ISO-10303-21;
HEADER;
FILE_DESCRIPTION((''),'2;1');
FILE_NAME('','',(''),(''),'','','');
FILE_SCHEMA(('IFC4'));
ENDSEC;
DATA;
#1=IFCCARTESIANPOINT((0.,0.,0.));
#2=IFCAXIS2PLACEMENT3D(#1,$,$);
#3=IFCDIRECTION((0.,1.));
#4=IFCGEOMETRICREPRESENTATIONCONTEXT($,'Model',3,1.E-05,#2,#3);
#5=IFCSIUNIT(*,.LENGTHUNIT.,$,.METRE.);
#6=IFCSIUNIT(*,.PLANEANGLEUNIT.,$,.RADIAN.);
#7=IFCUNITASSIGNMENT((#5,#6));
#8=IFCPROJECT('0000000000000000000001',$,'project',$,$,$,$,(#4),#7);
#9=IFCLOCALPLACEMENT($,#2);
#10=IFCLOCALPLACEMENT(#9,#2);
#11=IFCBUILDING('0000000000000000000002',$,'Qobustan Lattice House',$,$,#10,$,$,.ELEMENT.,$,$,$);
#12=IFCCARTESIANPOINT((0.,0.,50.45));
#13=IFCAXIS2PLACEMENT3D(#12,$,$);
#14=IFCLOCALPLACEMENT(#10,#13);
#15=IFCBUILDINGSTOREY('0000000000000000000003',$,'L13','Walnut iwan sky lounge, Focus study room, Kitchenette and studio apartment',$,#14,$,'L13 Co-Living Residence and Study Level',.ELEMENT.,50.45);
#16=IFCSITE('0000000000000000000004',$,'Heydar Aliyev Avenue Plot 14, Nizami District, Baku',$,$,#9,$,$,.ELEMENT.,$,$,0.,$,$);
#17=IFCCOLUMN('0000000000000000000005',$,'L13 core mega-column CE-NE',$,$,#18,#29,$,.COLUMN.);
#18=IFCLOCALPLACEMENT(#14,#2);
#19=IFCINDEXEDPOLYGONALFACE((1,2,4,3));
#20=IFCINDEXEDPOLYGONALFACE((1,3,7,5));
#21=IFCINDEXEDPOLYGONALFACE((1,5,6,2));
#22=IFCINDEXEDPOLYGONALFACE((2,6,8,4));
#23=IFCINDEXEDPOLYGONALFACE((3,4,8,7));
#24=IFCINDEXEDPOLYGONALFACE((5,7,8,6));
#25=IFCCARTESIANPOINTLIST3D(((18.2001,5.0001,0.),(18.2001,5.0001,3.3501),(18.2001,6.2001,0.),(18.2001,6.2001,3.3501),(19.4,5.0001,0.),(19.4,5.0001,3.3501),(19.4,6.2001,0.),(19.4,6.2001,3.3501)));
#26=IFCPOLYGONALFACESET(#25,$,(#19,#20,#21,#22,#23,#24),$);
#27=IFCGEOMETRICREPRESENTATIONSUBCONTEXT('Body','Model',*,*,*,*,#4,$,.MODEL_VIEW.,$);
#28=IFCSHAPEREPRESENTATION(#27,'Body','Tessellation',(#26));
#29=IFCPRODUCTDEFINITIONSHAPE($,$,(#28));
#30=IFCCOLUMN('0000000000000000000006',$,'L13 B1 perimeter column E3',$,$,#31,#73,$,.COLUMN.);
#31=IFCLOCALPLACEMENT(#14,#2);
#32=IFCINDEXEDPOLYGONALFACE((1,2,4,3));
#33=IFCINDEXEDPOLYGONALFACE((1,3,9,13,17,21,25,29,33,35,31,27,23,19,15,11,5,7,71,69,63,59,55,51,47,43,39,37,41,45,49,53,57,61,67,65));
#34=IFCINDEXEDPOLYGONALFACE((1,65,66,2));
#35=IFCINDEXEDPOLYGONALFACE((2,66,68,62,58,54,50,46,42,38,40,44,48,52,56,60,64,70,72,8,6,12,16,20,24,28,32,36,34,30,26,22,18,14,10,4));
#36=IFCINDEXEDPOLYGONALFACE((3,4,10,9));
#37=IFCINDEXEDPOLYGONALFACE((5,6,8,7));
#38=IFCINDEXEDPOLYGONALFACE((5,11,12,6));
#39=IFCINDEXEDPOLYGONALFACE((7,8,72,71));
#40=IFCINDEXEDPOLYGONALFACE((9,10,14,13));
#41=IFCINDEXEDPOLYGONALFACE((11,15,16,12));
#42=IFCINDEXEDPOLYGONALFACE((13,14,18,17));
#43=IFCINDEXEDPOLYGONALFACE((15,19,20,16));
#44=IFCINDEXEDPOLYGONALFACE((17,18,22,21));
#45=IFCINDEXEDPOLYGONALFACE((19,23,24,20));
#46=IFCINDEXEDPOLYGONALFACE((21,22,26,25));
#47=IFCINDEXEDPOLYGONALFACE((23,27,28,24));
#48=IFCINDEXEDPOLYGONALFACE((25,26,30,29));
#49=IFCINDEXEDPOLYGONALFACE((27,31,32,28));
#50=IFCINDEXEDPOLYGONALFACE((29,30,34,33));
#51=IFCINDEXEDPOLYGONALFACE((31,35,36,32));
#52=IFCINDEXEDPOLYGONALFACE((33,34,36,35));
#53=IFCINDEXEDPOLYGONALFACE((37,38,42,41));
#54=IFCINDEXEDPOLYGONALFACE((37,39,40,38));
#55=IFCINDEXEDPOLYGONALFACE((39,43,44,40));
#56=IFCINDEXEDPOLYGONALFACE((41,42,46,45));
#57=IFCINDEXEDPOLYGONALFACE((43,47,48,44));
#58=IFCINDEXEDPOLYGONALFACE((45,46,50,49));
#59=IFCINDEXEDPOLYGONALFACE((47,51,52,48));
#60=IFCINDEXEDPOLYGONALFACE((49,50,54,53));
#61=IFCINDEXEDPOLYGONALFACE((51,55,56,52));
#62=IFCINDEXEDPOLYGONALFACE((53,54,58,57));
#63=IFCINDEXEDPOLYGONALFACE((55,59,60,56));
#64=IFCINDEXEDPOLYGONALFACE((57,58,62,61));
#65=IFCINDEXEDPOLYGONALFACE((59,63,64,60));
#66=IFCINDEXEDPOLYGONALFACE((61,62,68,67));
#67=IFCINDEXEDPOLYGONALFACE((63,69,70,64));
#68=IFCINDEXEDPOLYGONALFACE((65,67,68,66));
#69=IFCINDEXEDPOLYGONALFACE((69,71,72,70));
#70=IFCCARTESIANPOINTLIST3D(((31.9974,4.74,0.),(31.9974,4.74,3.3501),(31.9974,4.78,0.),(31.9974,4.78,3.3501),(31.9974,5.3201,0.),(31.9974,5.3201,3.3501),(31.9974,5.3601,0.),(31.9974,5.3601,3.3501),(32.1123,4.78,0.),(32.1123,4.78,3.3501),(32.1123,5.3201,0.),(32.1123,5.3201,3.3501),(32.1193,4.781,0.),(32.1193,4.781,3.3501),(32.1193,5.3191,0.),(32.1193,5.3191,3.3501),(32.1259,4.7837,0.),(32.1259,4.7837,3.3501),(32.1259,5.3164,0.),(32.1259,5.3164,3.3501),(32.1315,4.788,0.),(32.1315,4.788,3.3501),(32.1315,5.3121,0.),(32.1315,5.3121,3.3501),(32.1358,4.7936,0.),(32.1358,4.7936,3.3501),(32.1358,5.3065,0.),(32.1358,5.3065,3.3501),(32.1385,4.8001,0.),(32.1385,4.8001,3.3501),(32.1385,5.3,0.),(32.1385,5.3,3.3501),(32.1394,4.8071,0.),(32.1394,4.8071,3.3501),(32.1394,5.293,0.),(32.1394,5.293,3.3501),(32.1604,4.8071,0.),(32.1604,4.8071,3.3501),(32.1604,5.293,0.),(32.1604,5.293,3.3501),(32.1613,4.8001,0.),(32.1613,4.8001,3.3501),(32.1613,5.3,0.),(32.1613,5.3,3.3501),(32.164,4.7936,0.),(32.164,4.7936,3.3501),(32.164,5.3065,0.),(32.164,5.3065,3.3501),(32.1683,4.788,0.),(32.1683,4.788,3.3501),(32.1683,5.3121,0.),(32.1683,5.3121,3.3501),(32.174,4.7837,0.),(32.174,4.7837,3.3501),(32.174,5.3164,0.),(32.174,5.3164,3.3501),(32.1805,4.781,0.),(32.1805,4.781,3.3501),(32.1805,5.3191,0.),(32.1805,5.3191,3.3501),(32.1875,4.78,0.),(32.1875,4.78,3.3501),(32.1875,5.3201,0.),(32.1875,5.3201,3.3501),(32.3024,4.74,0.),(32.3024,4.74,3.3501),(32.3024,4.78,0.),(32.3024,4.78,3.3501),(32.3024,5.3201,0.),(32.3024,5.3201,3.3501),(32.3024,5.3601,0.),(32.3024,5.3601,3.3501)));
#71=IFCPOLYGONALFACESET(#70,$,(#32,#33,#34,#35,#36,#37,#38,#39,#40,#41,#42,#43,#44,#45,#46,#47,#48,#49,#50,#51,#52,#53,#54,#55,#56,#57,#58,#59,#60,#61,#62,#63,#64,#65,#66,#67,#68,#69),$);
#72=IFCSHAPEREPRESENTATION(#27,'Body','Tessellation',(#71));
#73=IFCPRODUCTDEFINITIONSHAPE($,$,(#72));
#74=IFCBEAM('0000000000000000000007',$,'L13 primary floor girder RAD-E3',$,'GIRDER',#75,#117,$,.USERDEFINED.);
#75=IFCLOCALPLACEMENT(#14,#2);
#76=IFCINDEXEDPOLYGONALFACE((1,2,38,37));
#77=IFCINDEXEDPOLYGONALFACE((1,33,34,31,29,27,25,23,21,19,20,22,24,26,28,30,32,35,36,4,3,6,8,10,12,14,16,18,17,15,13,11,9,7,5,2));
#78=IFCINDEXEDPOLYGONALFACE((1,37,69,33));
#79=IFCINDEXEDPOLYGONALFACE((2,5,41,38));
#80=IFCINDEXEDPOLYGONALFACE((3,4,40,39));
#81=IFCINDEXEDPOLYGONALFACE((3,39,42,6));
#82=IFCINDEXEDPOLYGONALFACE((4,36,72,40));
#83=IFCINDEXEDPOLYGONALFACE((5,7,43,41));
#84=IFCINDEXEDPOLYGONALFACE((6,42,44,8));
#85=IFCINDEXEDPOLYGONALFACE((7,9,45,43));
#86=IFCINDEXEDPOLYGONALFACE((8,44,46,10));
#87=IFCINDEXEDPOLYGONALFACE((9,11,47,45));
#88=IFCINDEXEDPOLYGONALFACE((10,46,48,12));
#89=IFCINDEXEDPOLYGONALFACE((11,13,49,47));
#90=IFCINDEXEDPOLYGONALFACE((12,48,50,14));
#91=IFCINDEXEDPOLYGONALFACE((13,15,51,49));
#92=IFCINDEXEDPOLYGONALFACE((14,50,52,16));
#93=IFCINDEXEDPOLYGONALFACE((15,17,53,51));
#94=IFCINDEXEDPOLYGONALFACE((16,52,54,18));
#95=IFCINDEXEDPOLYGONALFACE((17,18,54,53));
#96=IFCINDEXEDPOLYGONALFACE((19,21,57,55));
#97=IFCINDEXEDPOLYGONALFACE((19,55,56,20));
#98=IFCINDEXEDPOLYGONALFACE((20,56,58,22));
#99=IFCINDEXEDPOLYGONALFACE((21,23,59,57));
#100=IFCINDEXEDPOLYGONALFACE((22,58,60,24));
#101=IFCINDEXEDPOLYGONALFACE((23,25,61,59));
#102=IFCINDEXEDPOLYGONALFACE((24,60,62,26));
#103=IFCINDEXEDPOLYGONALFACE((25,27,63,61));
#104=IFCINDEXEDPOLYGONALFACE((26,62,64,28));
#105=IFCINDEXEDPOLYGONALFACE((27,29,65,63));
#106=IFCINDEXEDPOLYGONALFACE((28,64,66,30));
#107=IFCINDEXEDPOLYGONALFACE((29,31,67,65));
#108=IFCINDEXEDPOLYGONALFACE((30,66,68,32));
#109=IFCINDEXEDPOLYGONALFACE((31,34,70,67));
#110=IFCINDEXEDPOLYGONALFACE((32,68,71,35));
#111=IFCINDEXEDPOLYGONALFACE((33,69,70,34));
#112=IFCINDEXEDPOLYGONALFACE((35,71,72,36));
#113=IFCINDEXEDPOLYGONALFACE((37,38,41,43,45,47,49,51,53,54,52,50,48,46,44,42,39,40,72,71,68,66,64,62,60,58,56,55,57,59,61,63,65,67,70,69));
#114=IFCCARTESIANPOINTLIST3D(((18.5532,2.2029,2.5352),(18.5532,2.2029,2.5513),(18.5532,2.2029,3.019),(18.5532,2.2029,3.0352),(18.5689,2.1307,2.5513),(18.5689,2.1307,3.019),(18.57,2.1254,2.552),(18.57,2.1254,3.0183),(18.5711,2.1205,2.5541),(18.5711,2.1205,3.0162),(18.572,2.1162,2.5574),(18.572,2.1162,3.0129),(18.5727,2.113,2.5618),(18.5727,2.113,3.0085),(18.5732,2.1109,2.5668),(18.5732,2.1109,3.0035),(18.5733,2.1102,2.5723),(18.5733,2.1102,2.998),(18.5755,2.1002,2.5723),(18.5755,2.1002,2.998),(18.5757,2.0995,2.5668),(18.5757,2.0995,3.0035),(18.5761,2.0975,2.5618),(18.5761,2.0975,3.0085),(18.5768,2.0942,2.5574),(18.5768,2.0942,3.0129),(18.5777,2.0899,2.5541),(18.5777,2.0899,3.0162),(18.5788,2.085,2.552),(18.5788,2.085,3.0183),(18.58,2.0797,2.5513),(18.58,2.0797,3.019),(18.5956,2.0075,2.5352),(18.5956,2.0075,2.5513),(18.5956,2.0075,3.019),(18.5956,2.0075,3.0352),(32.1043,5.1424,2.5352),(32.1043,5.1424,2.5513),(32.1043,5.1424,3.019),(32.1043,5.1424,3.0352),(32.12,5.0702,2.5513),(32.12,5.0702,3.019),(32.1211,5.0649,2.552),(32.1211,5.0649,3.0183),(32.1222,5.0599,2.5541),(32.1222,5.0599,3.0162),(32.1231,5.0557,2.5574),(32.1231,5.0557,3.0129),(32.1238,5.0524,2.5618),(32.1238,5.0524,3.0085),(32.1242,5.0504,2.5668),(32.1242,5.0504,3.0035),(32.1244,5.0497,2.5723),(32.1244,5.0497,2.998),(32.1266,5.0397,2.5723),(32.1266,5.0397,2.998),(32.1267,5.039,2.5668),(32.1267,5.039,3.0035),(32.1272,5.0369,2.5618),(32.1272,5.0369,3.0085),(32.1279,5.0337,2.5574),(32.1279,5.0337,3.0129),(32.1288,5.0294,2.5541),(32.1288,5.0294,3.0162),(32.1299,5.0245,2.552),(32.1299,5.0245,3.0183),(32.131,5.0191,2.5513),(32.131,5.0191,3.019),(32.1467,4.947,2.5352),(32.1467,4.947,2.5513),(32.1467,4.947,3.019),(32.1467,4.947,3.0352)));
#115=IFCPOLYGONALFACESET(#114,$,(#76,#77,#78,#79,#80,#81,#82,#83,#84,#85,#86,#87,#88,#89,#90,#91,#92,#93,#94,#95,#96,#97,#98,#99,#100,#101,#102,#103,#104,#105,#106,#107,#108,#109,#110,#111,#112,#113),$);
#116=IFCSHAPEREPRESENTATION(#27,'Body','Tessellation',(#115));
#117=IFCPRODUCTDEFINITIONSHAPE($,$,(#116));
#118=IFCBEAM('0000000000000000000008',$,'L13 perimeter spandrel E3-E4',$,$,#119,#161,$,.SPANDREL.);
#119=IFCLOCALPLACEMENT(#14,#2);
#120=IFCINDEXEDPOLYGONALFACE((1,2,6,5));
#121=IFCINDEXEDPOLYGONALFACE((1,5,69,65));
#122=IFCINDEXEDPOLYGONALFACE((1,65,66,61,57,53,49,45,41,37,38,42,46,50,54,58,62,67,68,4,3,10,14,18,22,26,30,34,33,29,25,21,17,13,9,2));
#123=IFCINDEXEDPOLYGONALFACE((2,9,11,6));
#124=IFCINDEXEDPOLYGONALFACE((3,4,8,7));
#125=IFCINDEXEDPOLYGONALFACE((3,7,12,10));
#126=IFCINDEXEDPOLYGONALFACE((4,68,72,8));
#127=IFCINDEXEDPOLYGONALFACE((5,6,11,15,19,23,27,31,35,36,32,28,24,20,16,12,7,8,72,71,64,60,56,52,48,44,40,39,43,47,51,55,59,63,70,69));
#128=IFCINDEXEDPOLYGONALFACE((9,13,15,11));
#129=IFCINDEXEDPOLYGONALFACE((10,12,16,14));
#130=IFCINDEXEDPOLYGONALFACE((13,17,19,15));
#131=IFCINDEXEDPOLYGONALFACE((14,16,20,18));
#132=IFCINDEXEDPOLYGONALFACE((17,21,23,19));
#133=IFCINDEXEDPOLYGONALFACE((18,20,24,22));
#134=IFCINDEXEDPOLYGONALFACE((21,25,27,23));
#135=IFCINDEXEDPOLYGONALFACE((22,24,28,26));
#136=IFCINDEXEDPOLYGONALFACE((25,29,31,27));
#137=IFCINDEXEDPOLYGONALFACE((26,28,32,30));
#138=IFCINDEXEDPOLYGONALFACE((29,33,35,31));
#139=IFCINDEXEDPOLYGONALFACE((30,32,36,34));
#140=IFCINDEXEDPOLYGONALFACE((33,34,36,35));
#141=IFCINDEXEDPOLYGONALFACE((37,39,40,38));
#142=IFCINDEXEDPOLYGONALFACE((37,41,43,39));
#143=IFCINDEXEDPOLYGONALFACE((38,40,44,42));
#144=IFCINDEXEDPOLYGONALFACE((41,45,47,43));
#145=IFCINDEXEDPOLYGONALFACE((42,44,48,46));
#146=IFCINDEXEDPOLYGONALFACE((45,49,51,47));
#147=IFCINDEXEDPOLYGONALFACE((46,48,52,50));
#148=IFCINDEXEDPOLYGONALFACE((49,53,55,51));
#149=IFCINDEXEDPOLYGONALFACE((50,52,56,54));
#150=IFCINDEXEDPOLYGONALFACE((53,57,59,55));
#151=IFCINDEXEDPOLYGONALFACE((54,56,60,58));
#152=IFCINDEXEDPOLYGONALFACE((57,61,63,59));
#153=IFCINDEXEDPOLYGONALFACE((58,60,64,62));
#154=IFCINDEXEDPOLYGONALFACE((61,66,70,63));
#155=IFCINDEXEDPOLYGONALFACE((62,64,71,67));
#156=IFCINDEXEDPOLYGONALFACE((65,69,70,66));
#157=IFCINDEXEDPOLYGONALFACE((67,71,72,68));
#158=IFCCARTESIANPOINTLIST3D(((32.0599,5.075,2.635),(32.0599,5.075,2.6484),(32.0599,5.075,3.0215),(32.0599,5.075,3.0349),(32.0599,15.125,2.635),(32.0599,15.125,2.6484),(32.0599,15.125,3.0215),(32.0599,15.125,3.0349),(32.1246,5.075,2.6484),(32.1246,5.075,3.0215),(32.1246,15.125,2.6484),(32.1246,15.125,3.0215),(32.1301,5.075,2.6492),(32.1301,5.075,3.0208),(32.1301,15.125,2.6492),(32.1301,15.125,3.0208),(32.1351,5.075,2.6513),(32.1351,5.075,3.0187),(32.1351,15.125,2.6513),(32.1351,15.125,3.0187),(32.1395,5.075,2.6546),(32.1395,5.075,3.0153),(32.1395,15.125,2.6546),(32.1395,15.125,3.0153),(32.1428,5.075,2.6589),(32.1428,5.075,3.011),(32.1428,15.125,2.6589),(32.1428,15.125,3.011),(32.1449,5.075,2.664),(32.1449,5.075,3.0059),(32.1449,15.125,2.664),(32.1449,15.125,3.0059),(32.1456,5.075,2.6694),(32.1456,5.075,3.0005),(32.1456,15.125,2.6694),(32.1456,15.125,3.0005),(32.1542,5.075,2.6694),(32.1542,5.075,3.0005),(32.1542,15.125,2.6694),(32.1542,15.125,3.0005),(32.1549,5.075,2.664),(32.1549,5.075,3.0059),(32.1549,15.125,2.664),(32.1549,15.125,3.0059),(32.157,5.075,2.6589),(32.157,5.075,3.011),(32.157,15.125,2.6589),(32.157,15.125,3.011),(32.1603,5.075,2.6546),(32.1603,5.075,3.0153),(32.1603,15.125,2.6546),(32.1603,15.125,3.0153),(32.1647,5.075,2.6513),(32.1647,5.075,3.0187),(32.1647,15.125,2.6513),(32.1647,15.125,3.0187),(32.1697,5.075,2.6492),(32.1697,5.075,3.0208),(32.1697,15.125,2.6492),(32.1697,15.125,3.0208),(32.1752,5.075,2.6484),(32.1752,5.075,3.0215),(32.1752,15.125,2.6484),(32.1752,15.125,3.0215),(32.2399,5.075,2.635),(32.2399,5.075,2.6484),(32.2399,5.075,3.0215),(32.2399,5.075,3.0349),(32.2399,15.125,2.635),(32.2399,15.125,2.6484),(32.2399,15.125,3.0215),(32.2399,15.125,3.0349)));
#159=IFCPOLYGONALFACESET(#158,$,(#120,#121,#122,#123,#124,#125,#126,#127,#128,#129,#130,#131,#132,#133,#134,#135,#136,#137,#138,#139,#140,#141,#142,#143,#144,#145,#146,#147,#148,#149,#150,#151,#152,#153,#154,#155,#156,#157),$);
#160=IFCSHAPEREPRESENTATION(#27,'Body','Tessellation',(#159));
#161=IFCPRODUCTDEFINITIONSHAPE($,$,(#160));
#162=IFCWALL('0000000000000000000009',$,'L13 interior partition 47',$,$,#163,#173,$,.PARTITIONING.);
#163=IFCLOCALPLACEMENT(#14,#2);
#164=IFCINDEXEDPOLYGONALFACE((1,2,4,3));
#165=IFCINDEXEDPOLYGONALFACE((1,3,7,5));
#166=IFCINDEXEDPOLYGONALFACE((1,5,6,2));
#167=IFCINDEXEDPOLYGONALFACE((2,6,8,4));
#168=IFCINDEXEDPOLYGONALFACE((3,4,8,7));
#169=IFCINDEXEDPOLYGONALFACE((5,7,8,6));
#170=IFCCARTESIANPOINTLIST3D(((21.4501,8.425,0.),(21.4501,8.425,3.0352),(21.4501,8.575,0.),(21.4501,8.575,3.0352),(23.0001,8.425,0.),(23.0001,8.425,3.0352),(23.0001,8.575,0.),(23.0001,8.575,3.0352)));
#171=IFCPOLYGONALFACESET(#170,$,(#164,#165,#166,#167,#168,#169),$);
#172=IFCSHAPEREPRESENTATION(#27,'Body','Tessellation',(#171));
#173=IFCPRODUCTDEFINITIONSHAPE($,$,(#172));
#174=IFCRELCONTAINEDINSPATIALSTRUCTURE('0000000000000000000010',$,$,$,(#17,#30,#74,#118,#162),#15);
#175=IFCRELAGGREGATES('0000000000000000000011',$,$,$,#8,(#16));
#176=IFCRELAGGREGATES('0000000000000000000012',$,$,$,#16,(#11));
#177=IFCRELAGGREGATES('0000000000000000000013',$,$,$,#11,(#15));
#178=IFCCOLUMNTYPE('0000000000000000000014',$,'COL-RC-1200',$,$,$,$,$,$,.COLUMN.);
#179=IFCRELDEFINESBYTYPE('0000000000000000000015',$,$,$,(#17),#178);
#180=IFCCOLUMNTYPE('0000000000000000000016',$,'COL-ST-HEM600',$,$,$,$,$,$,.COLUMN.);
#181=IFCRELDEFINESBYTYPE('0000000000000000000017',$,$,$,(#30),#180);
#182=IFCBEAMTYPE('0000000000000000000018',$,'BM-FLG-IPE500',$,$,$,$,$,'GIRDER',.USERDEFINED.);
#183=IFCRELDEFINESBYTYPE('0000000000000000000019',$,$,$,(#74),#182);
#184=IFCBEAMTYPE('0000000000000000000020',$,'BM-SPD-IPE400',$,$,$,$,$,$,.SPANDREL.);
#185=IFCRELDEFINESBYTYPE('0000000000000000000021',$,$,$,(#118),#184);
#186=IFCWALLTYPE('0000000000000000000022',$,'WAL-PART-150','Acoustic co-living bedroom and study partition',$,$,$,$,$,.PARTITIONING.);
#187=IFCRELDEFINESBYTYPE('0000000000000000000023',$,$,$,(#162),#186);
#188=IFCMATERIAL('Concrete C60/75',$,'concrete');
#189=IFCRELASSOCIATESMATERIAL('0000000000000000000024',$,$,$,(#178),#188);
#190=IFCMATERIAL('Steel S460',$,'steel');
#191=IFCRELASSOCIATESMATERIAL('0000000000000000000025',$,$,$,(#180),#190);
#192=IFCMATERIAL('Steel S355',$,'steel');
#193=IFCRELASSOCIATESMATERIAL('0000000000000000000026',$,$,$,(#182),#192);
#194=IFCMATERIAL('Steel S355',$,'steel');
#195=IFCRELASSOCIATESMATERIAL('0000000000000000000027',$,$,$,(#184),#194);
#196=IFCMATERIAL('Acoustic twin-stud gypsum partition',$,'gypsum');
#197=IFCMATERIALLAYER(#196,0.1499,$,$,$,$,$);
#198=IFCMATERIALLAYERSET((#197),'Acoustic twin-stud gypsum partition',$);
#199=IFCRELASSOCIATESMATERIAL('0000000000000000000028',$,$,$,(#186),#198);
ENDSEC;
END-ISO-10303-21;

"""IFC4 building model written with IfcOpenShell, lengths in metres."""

from ifc_helpers import new_model, si_unit, direction, frame, frame_2d, origin, origin_2d, place, context, subcontext, project, spatial, rectangle, i_section, extrude, material, layer, layer_set, material_profile, profile_set, type_object, element, save


model = new_model("IFC4")

# Units and contexts
model_context = context("Model", 3, precision=1e-05, world=origin(), true_north=direction((0.0, 1.0)))
body_context = subcontext(model_context, "Body", "Model", "MODEL_VIEW")
ifc_project = project(units=[si_unit("LENGTHUNIT", "METRE"), si_unit("PLANEANGLEUNIT", "RADIAN")], contexts=[model_context])

# Site, building, storey
site_placement = place(None, origin())
site = spatial("IfcSite", under=ifc_project, at=site_placement, Name="Heydar Aliyev Avenue Plot 14, Nizami District, Baku", CompositionType="ELEMENT", RefElevation=0.0)
building_placement = place(site_placement, origin())
building = spatial("IfcBuilding", under=site, at=building_placement, Name="Qobustan Lattice House", CompositionType="ELEMENT")
storey_placement = place(building_placement, frame((0.0, 0.0, 50.45)))
storey = spatial("IfcBuildingStorey", under=building, at=storey_placement, Name="L13", Description="Walnut iwan sky lounge, Focus study room, Kitchenette and studio apartment", LongName="L13 Co-Living Residence and Study Level", CompositionType="ELEMENT", Elevation=50.45)

# Columns
ifc_material_1 = material(Name="Concrete C60/75", Category="concrete")
ifc_material_profile_1 = material_profile(ifc_material_1, rectangle(XDim=1.2, YDim=1.2, at=origin_2d()), Name="RC1200x1200")
ifc_profile_set_1 = profile_set([ifc_material_profile_1], Name="Concrete C60/75")
column_type_1 = type_object("IfcColumnType", Name="COL-RC-1200", PredefinedType="COLUMN", material=ifc_profile_set_1)
column_1_placement = place(storey_placement, frame((18.8, 5.6001, 0.0), z_axis=(0.0, 0.0, 1.0), x_axis=(1.0, 0.0, 0.0)))
element("IfcColumn", 1, at=column_1_placement, inside=storey, type_object=column_type_1, Name="L13 core mega-column CE-NE", PredefinedType="COLUMN", context=body_context, shape_type="SweptSolid", body=[
    extrude(rectangle(XDim=1.2, YDim=1.2, at=origin_2d()), origin(), (0.0, 0.0, 1.0), 3.3501),
])
ifc_material_2 = material(Name="Steel S460", Category="steel")
ifc_material_profile_2 = material_profile(ifc_material_2, i_section(OverallWidth=0.3049, OverallDepth=0.6201, WebThickness=0.021, FlangeThickness=0.04, FilletRadius=0.0271, at=origin_2d()), Name="HEM600")
ifc_profile_set_2 = profile_set([ifc_material_profile_2], Name="Steel S460")
column_type_2 = type_object("IfcColumnType", Name="COL-ST-HEM600", PredefinedType="COLUMN", material=ifc_profile_set_2)
column_2_placement = place(storey_placement, frame((32.1499, 5.05, 0.0), z_axis=(0.0, 0.0, 1.0), x_axis=(1.0, 0.0, 0.0)))
element("IfcColumn", 2, at=column_2_placement, inside=storey, type_object=column_type_2, Name="L13 B1 perimeter column E3", PredefinedType="COLUMN", context=body_context, shape_type="SweptSolid", body=[
    extrude(i_section(OverallWidth=0.3049, OverallDepth=0.6201, WebThickness=0.021, FlangeThickness=0.04, FilletRadius=0.0271, at=origin_2d()), origin(), (0.0, 0.0, 1.0), 3.3501),
])

# Beams
ifc_material_3 = material(Name="Steel S355", Category="steel")
ifc_material_profile_3 = material_profile(ifc_material_3, i_section(OverallWidth=0.2, OverallDepth=0.5, WebThickness=0.0103, FlangeThickness=0.0161, FilletRadius=0.021, at=origin_2d()), Name="IPE500")
ifc_profile_set_3 = profile_set([ifc_material_profile_3], Name="Steel S355")
beam_type_1 = type_object("IfcBeamType", Name="BM-FLG-IPE500", ElementType="GIRDER", PredefinedType="USERDEFINED", material=ifc_profile_set_3)
beam_1_placement = place(storey_placement, frame((32.1255, 5.0447, 2.7852), z_axis=(-0.977272, -0.211987, 0.0), x_axis=(0.211987, -0.977272, 0.0)))
element("IfcBeam", 3, at=beam_1_placement, inside=storey, type_object=beam_type_1, Name="L13 primary floor girder RAD-E3", ObjectType="GIRDER", PredefinedType="USERDEFINED", context=body_context, shape_type="SweptSolid", body=[
    extrude(i_section(OverallWidth=0.2, OverallDepth=0.5, WebThickness=0.0103, FlangeThickness=0.0161, FilletRadius=0.021, at=origin_2d()), origin(), (0.0, 0.0, 1.0), 13.8662),
])
ifc_material_4 = material(Name="Steel S355", Category="steel")
ifc_material_profile_4 = material_profile(ifc_material_4, i_section(OverallWidth=0.1799, OverallDepth=0.3999, WebThickness=0.0085, FlangeThickness=0.0134, FilletRadius=0.021, at=origin_2d()), Name="IPE400")
ifc_profile_set_4 = profile_set([ifc_material_profile_4], Name="Steel S355")
beam_type_2 = type_object("IfcBeamType", Name="BM-SPD-IPE400", PredefinedType="SPANDREL", material=ifc_profile_set_4)
beam_2_placement = place(storey_placement, frame((32.1499, 5.075, 2.835), z_axis=(0.0, 1.0, 0.0), x_axis=(-1.0, 0.0, 0.0)))
element("IfcBeam", 4, at=beam_2_placement, inside=storey, type_object=beam_type_2, Name="L13 perimeter spandrel E3-E4", PredefinedType="SPANDREL", context=body_context, shape_type="SweptSolid", body=[
    extrude(i_section(OverallWidth=0.1799, OverallDepth=0.3999, WebThickness=0.0085, FlangeThickness=0.0134, FilletRadius=0.021, at=origin_2d()), origin(), (0.0, 0.0, 1.0), 10.05),
])

# Wall
ifc_material_5 = material(Name="Acoustic twin-stud gypsum partition", Category="gypsum")
ifc_layer_1 = layer(ifc_material_5, 0.1499)
ifc_layer_set_1 = layer_set([ifc_layer_1], Name="Acoustic twin-stud gypsum partition")
wall_type_1 = type_object("IfcWallType", Name="WAL-PART-150", Description="Acoustic co-living bedroom and study partition", PredefinedType="PARTITIONING", material=ifc_layer_set_1)
wall_1_placement = place(storey_placement, frame((23.0, 8.5, 0.0), z_axis=(0.0, 0.0, 1.0), x_axis=(-1.0, 0.0, 0.0)))
element("IfcWall", 5, at=wall_1_placement, inside=storey, type_object=wall_type_1, Name="L13 interior partition 47", PredefinedType="PARTITIONING", context=body_context, shape_type="SweptSolid", body=[
    extrude(rectangle(XDim=1.55, YDim=0.1499, at=frame_2d((0.7749, 0.0))), origin(), (0.0, 0.0, 1.0), 3.0352),
])

save(model, "model.ifc")
